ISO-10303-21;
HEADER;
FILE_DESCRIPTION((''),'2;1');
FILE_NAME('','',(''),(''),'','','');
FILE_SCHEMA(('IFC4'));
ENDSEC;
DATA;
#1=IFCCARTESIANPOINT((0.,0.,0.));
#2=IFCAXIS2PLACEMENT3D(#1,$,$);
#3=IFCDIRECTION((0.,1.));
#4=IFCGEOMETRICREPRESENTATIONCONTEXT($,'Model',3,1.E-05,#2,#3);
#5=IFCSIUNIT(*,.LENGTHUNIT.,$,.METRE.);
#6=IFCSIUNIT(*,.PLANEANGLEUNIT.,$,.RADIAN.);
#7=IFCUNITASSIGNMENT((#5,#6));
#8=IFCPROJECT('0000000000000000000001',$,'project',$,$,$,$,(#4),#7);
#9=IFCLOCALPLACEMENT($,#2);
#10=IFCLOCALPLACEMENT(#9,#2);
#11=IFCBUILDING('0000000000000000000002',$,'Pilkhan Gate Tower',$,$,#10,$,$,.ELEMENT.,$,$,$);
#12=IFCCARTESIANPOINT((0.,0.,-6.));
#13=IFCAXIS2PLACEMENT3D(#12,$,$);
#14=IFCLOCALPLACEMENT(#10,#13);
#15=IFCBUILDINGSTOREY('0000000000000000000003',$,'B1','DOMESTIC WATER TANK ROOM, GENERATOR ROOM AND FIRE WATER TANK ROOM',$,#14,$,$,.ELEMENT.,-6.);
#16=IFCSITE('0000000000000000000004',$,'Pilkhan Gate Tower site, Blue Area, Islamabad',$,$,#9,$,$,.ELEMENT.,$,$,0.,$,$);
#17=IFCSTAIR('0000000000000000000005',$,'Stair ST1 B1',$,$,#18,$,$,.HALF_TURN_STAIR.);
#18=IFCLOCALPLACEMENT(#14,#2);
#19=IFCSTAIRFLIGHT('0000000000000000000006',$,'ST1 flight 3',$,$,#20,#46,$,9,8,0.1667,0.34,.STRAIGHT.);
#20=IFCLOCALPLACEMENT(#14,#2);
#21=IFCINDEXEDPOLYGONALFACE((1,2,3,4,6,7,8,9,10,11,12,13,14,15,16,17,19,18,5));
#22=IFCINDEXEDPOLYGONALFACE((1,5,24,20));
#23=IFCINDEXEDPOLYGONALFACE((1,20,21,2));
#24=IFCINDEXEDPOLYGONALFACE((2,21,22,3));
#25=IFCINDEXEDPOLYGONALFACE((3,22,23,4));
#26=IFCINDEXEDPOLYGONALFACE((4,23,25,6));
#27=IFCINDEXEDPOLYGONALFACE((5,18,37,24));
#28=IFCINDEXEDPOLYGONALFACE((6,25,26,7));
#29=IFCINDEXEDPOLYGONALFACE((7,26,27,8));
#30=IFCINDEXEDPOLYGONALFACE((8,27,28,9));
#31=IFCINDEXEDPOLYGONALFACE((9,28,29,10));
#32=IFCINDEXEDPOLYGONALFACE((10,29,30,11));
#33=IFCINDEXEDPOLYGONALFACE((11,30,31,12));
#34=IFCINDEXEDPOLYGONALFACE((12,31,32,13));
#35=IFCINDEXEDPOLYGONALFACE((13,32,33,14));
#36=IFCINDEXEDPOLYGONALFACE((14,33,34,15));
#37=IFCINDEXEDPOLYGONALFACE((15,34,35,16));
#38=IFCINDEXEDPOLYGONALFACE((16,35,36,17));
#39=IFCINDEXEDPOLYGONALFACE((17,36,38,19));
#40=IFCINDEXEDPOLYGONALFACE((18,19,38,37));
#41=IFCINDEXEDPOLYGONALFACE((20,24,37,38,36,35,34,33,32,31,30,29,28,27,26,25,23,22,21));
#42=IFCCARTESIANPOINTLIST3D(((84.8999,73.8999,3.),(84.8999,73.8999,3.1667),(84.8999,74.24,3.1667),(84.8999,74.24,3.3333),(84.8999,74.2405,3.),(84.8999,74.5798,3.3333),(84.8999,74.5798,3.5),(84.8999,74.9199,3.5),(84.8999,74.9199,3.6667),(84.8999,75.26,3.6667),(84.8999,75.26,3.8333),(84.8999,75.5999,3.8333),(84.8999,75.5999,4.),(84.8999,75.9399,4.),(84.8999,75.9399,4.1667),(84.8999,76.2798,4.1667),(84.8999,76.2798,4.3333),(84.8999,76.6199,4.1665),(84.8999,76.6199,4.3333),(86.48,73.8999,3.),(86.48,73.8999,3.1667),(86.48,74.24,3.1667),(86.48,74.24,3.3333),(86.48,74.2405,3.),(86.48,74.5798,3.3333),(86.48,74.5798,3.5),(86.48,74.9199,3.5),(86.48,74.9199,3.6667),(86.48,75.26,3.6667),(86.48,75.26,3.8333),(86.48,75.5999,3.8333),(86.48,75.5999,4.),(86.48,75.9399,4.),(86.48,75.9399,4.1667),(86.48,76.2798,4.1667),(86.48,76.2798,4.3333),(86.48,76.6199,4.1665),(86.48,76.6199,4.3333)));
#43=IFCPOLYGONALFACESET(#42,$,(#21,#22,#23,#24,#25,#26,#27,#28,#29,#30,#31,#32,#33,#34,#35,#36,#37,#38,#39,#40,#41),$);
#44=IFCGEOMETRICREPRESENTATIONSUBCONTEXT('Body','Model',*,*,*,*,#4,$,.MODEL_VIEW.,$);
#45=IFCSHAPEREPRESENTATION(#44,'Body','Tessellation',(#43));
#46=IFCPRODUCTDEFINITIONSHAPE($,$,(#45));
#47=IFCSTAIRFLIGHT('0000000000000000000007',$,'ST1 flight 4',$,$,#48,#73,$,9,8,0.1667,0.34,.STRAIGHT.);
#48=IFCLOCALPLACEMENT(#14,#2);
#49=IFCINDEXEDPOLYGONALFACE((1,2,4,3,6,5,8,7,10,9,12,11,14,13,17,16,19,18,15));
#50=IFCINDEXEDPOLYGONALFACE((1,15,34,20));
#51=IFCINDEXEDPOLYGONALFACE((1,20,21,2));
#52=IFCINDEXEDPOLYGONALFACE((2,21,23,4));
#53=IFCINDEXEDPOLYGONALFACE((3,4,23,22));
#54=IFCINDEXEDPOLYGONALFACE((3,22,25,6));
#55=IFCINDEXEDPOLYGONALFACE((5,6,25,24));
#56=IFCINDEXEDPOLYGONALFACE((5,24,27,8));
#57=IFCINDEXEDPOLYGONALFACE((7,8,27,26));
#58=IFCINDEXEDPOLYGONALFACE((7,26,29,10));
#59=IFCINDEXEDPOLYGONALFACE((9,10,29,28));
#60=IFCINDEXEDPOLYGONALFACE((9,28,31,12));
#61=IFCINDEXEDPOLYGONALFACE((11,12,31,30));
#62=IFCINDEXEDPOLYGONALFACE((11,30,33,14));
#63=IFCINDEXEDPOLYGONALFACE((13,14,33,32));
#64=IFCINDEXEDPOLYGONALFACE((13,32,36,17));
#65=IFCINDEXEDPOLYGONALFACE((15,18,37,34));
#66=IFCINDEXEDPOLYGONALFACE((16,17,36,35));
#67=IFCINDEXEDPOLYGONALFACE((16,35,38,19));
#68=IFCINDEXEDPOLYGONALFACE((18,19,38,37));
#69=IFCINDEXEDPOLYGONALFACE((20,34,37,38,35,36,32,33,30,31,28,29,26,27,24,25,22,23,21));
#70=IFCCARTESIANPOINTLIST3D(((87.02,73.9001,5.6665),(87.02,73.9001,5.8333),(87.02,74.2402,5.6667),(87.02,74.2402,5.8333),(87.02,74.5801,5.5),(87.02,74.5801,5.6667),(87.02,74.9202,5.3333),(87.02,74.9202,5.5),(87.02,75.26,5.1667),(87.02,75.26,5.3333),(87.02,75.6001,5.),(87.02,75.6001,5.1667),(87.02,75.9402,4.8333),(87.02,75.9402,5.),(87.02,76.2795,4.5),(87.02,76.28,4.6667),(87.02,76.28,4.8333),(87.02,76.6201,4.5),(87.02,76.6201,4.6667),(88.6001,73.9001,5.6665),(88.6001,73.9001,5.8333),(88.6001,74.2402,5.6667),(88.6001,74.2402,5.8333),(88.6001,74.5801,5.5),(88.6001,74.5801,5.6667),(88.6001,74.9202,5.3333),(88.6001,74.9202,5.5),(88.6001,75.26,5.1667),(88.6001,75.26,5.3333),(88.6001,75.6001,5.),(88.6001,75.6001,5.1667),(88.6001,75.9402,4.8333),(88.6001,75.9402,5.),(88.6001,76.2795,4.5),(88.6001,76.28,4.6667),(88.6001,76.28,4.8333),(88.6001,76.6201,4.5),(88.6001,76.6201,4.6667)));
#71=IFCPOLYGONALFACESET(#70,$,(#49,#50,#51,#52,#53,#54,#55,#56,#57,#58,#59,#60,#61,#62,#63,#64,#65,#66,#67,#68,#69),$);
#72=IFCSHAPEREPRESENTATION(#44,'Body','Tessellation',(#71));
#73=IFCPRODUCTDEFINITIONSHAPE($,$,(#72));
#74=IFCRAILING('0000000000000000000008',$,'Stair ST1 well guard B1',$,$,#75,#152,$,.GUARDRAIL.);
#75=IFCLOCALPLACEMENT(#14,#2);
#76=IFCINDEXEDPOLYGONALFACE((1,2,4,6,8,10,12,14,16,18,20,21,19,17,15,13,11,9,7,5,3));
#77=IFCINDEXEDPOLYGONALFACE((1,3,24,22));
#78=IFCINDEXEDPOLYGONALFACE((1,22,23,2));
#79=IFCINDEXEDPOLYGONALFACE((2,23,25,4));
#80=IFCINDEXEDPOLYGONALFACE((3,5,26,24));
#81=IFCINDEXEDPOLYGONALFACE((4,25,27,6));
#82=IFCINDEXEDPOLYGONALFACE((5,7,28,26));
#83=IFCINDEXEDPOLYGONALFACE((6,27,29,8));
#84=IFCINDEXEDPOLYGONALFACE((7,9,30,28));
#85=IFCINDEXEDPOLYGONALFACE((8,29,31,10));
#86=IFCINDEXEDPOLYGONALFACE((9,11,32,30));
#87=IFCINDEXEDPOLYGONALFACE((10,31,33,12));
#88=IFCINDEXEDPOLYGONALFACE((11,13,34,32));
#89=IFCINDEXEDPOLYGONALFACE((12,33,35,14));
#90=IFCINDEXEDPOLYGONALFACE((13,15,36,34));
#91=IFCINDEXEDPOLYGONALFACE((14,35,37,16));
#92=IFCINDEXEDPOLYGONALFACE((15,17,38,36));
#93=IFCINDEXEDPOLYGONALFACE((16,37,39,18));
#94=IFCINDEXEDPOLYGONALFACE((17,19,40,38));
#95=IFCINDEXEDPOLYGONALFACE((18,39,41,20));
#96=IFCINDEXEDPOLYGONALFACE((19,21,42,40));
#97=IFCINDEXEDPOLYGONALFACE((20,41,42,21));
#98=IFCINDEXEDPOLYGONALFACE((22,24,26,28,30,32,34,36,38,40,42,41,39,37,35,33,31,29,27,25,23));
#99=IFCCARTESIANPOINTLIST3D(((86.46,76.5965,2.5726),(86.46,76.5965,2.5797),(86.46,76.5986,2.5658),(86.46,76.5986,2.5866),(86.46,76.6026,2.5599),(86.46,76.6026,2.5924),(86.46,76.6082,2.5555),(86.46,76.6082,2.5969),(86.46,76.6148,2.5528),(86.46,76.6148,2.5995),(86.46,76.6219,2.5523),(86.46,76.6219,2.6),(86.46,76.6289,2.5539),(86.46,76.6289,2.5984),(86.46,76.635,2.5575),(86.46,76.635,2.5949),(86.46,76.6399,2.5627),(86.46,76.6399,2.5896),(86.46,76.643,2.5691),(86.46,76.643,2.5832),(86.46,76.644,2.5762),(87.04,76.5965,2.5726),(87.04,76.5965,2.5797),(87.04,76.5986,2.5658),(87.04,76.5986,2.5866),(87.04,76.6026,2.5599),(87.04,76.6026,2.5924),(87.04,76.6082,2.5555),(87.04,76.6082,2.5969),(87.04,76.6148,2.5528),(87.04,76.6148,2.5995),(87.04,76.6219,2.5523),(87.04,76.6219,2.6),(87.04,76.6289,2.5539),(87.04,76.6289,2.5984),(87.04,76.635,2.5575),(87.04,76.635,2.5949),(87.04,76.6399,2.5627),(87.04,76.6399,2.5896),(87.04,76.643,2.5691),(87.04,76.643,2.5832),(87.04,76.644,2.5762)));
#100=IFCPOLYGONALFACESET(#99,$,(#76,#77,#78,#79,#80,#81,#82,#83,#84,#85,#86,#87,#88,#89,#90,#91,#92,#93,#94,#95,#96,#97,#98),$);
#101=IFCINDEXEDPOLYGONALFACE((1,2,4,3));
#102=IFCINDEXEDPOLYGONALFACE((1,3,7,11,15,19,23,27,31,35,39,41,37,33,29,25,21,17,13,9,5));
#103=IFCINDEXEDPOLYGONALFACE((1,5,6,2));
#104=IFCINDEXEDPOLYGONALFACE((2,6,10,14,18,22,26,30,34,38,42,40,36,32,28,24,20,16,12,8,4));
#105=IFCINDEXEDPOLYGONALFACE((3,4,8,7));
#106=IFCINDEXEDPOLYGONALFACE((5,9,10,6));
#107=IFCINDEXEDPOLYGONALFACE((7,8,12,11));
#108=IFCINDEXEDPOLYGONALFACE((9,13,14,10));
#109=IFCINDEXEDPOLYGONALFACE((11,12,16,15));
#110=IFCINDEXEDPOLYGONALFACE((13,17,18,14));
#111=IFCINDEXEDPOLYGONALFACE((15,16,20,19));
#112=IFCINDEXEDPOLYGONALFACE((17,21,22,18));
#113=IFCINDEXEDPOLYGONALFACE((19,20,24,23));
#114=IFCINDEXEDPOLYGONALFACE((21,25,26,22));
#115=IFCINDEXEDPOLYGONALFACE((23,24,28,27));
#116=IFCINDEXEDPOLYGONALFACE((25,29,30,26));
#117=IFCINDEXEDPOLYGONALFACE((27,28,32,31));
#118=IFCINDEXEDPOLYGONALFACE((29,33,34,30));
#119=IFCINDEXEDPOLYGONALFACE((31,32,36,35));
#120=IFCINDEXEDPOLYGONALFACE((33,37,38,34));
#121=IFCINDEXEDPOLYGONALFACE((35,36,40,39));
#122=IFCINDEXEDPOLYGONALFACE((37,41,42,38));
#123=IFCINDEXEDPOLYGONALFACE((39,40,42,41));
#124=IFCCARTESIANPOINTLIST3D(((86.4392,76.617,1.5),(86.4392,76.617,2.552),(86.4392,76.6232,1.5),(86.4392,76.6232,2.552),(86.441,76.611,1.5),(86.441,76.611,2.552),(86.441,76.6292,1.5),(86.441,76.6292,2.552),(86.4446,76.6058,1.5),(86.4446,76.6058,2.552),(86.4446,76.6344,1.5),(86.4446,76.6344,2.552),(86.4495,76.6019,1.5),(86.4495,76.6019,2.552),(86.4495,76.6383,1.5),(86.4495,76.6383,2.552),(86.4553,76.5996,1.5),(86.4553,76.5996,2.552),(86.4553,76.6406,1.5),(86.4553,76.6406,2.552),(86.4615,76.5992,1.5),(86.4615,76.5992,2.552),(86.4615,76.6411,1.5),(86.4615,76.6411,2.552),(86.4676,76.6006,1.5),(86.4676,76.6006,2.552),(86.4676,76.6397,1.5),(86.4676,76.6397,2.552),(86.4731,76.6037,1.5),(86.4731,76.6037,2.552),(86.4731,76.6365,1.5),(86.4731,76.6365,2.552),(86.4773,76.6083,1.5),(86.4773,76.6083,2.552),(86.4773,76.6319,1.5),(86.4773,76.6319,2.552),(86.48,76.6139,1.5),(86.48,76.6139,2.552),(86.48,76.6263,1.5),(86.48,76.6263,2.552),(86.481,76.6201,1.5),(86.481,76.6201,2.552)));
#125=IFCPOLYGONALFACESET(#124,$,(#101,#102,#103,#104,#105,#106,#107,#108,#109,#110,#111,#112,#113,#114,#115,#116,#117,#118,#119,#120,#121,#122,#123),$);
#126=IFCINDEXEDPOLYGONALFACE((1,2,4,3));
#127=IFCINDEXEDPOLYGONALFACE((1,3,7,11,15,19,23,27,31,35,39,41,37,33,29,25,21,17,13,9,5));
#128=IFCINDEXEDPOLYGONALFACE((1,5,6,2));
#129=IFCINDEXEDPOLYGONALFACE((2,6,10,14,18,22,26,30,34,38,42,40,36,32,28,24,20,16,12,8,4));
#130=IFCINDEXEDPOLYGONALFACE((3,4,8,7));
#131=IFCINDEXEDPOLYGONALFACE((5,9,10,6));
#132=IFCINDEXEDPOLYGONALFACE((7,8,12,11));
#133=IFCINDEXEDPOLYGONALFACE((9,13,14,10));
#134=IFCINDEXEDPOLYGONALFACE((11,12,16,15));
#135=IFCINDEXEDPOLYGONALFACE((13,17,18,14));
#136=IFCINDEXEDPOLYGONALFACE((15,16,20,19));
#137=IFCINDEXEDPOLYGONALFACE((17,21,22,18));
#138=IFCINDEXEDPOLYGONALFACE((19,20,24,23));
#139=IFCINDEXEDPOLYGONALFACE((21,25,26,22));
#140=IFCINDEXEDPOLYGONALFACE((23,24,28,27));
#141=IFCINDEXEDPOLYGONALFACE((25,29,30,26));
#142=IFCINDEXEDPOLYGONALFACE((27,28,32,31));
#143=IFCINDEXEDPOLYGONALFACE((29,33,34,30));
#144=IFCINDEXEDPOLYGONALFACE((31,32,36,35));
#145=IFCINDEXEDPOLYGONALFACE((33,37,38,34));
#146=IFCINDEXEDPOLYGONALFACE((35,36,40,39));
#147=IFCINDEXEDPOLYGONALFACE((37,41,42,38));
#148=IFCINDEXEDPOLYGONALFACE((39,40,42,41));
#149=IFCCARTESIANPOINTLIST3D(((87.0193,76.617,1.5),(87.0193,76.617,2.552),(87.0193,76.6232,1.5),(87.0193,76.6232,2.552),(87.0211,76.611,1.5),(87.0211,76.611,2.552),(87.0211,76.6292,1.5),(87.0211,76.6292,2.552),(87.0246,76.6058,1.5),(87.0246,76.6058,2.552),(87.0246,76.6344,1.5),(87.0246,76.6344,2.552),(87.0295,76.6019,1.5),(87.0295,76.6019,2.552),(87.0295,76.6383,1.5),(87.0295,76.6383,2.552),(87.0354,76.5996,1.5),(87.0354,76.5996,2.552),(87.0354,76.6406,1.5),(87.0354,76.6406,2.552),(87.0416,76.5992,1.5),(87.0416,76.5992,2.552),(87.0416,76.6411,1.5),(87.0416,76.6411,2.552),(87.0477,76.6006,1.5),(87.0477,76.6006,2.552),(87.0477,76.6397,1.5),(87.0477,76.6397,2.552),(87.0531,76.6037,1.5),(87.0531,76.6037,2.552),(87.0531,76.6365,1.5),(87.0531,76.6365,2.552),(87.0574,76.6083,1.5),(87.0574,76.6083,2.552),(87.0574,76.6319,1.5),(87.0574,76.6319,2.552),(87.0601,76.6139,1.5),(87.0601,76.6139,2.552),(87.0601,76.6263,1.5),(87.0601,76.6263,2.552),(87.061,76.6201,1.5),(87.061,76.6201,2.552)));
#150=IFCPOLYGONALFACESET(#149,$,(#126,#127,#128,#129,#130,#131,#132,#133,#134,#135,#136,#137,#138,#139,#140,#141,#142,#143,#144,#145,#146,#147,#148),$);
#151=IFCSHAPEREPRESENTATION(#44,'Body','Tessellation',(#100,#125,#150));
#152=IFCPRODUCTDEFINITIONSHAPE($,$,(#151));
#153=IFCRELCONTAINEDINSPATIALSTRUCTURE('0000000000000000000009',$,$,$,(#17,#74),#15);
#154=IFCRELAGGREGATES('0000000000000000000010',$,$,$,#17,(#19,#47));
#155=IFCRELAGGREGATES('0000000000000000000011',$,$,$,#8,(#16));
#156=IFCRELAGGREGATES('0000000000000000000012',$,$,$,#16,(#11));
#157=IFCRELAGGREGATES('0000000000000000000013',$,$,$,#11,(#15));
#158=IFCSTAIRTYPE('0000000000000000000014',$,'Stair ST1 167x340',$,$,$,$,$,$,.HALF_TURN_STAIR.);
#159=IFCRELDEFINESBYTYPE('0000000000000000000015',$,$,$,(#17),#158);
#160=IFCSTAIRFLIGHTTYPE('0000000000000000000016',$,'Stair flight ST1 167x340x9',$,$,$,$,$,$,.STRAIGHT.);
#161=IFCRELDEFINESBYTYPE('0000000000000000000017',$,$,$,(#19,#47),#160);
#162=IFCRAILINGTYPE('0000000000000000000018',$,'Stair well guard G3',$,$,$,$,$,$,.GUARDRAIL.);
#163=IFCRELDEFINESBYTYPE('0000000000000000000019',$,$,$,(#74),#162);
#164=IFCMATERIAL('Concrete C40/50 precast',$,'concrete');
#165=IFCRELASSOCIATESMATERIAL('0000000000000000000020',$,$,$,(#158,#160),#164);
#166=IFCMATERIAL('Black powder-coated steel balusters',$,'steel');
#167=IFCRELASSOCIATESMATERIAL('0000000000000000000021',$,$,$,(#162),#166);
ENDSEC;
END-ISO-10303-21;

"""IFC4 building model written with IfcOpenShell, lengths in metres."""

from ifc_helpers import new_model, si_unit, direction, frame, origin, origin_2d, place, context, subcontext, project, spatial, polyline, circle, outline, extrude, material, type_object, element, aggregate, save


model = new_model("IFC4")

# Units and contexts
model_context = context("Model", 3, precision=1e-05, world=origin(), true_north=direction((0.0, 1.0)))
body_context = subcontext(model_context, "Body", "Model", "MODEL_VIEW")
ifc_project = project(units=[si_unit("LENGTHUNIT", "METRE"), si_unit("PLANEANGLEUNIT", "RADIAN")], contexts=[model_context])

# Site, building, storey
site_placement = place(None, origin())
site = spatial("IfcSite", under=ifc_project, at=site_placement, Name="Pilkhan Gate Tower site, Blue Area, Islamabad", CompositionType="ELEMENT", RefElevation=0.0)
building_placement = place(site_placement, origin())
building = spatial("IfcBuilding", under=site, at=building_placement, Name="Pilkhan Gate Tower", CompositionType="ELEMENT")
storey_placement = place(building_placement, frame((0.0, 0.0, -6.0)))
storey = spatial("IfcBuildingStorey", under=building, at=storey_placement, Name="B1", Description="DOMESTIC WATER TANK ROOM, GENERATOR ROOM AND FIRE WATER TANK ROOM", CompositionType="ELEMENT", Elevation=-6.0)

# Stair, stair flights
ifc_material_1 = material(Name="Concrete C40/50 precast", Category="concrete")
stair_type = type_object("IfcStairType", Name="Stair ST1 167x340", PredefinedType="HALF_TURN_STAIR", material=ifc_material_1)
stair_placement = place(storey_placement, origin())
stair = element("IfcStair", 1, at=stair_placement, inside=storey, type_object=stair_type, Name="Stair ST1 B1", PredefinedType="HALF_TURN_STAIR")
stair_flight_type = type_object("IfcStairFlightType", Name="Stair flight ST1 167x340x9", PredefinedType="STRAIGHT", material=ifc_material_1)
stair_flight_1_placement = place(storey_placement, frame((85.6899, 73.8999, 3.0), z_axis=(0.0, 0.0, 1.0), x_axis=(0.0, 1.0, 0.0)))
stair_flight_1 = element("IfcStairFlight", 2, at=stair_flight_1_placement, type_object=stair_flight_type, Name="ST1 flight 3", NumberOfRisers=9, NumberOfTreads=8, PredefinedType="STRAIGHT", RiserHeight=0.1667, TreadLength=0.34, context=body_context, shape_type="SweptSolid", body=[
    extrude(outline(polyline([(0.0, 0.0), (0.0, 0.1667), (0.3401, 0.1667), (0.3401, 0.3333), (0.6799, 0.3333), (0.6799, 0.5), (1.02, 0.5), (1.02, 0.6667), (1.3601, 0.6667), (1.3601, 0.8333), (1.7, 0.8333), (1.7, 1.0), (2.04, 1.0), (2.04, 1.1667), (2.3799, 1.1667), (2.3799, 1.3333), (2.72, 1.3333), (2.72, 1.5), (2.72, 1.1665), (0.3406, 0.0), (0.0, 0.0)])), frame((0.0, 0.79, 0.0), z_axis=(0.0, -1.0, 0.0), x_axis=(1.0, 0.0, 0.0)), (0.0, 0.0, 1.0), 1.5801),
])
stair_flight_2_placement = place(storey_placement, frame((87.8101, 76.6201, 4.5), z_axis=(0.0, 0.0, 1.0), x_axis=(0.0, -1.0, 0.0)))
stair_flight_2 = element("IfcStairFlight", 3, at=stair_flight_2_placement, type_object=stair_flight_type, Name="ST1 flight 4", NumberOfRisers=9, NumberOfTreads=8, PredefinedType="STRAIGHT", RiserHeight=0.1667, TreadLength=0.34, context=body_context, shape_type="SweptSolid", body=[
    extrude(outline(polyline([(0.0, 0.0), (0.0, 0.1667), (0.3401, 0.1667), (0.3401, 0.3333), (0.6799, 0.3333), (0.6799, 0.5), (1.02, 0.5), (1.02, 0.6667), (1.3601, 0.6667), (1.3601, 0.8333), (1.7, 0.8333), (1.7, 1.0), (2.04, 1.0), (2.04, 1.1667), (2.3799, 1.1667), (2.3799, 1.3333), (2.72, 1.3333), (2.72, 1.5), (2.72, 1.1665), (0.3406, 0.0), (0.0, 0.0)])), frame((0.0, 0.79, 0.0), z_axis=(0.0, -1.0, 0.0), x_axis=(1.0, 0.0, 0.0)), (0.0, 0.0, 1.0), 1.5801),
])
aggregate(stair, [stair_flight_1, stair_flight_2])

# Railing
ifc_material_2 = material(Name="Black powder-coated steel balusters", Category="steel")
railing_type = type_object("IfcRailingType", Name="Stair well guard G3", PredefinedType="GUARDRAIL", material=ifc_material_2)
for number, where, name in (
    (4, (86.46, 76.6201, 1.5), "Stair ST1 well guard B1"),
):
    element("IfcRailing", number, at=place(storey_placement, frame(where)), inside=storey, type_object=railing_type, Name=name, PredefinedType="GUARDRAIL", context=body_context, shape_type="SweptSolid", body=[
        extrude(circle(Radius=0.0239, at=origin_2d()), frame((0.0, 0.0, 1.0762), z_axis=(1.0, 0.0, 0.0), x_axis=(0.0, 1.0, 0.0)), (0.0, 0.0, 1.0), 0.5801),
        extrude(circle(Radius=0.021, at=origin_2d()), origin(), (0.0, 0.0, 1.0), 1.052),
        extrude(circle(Radius=0.021, at=origin_2d()), frame((0.5801, 0.0, 0.0)), (0.0, 0.0, 1.0), 1.052),
    ])

save(model, "model.ifc")
